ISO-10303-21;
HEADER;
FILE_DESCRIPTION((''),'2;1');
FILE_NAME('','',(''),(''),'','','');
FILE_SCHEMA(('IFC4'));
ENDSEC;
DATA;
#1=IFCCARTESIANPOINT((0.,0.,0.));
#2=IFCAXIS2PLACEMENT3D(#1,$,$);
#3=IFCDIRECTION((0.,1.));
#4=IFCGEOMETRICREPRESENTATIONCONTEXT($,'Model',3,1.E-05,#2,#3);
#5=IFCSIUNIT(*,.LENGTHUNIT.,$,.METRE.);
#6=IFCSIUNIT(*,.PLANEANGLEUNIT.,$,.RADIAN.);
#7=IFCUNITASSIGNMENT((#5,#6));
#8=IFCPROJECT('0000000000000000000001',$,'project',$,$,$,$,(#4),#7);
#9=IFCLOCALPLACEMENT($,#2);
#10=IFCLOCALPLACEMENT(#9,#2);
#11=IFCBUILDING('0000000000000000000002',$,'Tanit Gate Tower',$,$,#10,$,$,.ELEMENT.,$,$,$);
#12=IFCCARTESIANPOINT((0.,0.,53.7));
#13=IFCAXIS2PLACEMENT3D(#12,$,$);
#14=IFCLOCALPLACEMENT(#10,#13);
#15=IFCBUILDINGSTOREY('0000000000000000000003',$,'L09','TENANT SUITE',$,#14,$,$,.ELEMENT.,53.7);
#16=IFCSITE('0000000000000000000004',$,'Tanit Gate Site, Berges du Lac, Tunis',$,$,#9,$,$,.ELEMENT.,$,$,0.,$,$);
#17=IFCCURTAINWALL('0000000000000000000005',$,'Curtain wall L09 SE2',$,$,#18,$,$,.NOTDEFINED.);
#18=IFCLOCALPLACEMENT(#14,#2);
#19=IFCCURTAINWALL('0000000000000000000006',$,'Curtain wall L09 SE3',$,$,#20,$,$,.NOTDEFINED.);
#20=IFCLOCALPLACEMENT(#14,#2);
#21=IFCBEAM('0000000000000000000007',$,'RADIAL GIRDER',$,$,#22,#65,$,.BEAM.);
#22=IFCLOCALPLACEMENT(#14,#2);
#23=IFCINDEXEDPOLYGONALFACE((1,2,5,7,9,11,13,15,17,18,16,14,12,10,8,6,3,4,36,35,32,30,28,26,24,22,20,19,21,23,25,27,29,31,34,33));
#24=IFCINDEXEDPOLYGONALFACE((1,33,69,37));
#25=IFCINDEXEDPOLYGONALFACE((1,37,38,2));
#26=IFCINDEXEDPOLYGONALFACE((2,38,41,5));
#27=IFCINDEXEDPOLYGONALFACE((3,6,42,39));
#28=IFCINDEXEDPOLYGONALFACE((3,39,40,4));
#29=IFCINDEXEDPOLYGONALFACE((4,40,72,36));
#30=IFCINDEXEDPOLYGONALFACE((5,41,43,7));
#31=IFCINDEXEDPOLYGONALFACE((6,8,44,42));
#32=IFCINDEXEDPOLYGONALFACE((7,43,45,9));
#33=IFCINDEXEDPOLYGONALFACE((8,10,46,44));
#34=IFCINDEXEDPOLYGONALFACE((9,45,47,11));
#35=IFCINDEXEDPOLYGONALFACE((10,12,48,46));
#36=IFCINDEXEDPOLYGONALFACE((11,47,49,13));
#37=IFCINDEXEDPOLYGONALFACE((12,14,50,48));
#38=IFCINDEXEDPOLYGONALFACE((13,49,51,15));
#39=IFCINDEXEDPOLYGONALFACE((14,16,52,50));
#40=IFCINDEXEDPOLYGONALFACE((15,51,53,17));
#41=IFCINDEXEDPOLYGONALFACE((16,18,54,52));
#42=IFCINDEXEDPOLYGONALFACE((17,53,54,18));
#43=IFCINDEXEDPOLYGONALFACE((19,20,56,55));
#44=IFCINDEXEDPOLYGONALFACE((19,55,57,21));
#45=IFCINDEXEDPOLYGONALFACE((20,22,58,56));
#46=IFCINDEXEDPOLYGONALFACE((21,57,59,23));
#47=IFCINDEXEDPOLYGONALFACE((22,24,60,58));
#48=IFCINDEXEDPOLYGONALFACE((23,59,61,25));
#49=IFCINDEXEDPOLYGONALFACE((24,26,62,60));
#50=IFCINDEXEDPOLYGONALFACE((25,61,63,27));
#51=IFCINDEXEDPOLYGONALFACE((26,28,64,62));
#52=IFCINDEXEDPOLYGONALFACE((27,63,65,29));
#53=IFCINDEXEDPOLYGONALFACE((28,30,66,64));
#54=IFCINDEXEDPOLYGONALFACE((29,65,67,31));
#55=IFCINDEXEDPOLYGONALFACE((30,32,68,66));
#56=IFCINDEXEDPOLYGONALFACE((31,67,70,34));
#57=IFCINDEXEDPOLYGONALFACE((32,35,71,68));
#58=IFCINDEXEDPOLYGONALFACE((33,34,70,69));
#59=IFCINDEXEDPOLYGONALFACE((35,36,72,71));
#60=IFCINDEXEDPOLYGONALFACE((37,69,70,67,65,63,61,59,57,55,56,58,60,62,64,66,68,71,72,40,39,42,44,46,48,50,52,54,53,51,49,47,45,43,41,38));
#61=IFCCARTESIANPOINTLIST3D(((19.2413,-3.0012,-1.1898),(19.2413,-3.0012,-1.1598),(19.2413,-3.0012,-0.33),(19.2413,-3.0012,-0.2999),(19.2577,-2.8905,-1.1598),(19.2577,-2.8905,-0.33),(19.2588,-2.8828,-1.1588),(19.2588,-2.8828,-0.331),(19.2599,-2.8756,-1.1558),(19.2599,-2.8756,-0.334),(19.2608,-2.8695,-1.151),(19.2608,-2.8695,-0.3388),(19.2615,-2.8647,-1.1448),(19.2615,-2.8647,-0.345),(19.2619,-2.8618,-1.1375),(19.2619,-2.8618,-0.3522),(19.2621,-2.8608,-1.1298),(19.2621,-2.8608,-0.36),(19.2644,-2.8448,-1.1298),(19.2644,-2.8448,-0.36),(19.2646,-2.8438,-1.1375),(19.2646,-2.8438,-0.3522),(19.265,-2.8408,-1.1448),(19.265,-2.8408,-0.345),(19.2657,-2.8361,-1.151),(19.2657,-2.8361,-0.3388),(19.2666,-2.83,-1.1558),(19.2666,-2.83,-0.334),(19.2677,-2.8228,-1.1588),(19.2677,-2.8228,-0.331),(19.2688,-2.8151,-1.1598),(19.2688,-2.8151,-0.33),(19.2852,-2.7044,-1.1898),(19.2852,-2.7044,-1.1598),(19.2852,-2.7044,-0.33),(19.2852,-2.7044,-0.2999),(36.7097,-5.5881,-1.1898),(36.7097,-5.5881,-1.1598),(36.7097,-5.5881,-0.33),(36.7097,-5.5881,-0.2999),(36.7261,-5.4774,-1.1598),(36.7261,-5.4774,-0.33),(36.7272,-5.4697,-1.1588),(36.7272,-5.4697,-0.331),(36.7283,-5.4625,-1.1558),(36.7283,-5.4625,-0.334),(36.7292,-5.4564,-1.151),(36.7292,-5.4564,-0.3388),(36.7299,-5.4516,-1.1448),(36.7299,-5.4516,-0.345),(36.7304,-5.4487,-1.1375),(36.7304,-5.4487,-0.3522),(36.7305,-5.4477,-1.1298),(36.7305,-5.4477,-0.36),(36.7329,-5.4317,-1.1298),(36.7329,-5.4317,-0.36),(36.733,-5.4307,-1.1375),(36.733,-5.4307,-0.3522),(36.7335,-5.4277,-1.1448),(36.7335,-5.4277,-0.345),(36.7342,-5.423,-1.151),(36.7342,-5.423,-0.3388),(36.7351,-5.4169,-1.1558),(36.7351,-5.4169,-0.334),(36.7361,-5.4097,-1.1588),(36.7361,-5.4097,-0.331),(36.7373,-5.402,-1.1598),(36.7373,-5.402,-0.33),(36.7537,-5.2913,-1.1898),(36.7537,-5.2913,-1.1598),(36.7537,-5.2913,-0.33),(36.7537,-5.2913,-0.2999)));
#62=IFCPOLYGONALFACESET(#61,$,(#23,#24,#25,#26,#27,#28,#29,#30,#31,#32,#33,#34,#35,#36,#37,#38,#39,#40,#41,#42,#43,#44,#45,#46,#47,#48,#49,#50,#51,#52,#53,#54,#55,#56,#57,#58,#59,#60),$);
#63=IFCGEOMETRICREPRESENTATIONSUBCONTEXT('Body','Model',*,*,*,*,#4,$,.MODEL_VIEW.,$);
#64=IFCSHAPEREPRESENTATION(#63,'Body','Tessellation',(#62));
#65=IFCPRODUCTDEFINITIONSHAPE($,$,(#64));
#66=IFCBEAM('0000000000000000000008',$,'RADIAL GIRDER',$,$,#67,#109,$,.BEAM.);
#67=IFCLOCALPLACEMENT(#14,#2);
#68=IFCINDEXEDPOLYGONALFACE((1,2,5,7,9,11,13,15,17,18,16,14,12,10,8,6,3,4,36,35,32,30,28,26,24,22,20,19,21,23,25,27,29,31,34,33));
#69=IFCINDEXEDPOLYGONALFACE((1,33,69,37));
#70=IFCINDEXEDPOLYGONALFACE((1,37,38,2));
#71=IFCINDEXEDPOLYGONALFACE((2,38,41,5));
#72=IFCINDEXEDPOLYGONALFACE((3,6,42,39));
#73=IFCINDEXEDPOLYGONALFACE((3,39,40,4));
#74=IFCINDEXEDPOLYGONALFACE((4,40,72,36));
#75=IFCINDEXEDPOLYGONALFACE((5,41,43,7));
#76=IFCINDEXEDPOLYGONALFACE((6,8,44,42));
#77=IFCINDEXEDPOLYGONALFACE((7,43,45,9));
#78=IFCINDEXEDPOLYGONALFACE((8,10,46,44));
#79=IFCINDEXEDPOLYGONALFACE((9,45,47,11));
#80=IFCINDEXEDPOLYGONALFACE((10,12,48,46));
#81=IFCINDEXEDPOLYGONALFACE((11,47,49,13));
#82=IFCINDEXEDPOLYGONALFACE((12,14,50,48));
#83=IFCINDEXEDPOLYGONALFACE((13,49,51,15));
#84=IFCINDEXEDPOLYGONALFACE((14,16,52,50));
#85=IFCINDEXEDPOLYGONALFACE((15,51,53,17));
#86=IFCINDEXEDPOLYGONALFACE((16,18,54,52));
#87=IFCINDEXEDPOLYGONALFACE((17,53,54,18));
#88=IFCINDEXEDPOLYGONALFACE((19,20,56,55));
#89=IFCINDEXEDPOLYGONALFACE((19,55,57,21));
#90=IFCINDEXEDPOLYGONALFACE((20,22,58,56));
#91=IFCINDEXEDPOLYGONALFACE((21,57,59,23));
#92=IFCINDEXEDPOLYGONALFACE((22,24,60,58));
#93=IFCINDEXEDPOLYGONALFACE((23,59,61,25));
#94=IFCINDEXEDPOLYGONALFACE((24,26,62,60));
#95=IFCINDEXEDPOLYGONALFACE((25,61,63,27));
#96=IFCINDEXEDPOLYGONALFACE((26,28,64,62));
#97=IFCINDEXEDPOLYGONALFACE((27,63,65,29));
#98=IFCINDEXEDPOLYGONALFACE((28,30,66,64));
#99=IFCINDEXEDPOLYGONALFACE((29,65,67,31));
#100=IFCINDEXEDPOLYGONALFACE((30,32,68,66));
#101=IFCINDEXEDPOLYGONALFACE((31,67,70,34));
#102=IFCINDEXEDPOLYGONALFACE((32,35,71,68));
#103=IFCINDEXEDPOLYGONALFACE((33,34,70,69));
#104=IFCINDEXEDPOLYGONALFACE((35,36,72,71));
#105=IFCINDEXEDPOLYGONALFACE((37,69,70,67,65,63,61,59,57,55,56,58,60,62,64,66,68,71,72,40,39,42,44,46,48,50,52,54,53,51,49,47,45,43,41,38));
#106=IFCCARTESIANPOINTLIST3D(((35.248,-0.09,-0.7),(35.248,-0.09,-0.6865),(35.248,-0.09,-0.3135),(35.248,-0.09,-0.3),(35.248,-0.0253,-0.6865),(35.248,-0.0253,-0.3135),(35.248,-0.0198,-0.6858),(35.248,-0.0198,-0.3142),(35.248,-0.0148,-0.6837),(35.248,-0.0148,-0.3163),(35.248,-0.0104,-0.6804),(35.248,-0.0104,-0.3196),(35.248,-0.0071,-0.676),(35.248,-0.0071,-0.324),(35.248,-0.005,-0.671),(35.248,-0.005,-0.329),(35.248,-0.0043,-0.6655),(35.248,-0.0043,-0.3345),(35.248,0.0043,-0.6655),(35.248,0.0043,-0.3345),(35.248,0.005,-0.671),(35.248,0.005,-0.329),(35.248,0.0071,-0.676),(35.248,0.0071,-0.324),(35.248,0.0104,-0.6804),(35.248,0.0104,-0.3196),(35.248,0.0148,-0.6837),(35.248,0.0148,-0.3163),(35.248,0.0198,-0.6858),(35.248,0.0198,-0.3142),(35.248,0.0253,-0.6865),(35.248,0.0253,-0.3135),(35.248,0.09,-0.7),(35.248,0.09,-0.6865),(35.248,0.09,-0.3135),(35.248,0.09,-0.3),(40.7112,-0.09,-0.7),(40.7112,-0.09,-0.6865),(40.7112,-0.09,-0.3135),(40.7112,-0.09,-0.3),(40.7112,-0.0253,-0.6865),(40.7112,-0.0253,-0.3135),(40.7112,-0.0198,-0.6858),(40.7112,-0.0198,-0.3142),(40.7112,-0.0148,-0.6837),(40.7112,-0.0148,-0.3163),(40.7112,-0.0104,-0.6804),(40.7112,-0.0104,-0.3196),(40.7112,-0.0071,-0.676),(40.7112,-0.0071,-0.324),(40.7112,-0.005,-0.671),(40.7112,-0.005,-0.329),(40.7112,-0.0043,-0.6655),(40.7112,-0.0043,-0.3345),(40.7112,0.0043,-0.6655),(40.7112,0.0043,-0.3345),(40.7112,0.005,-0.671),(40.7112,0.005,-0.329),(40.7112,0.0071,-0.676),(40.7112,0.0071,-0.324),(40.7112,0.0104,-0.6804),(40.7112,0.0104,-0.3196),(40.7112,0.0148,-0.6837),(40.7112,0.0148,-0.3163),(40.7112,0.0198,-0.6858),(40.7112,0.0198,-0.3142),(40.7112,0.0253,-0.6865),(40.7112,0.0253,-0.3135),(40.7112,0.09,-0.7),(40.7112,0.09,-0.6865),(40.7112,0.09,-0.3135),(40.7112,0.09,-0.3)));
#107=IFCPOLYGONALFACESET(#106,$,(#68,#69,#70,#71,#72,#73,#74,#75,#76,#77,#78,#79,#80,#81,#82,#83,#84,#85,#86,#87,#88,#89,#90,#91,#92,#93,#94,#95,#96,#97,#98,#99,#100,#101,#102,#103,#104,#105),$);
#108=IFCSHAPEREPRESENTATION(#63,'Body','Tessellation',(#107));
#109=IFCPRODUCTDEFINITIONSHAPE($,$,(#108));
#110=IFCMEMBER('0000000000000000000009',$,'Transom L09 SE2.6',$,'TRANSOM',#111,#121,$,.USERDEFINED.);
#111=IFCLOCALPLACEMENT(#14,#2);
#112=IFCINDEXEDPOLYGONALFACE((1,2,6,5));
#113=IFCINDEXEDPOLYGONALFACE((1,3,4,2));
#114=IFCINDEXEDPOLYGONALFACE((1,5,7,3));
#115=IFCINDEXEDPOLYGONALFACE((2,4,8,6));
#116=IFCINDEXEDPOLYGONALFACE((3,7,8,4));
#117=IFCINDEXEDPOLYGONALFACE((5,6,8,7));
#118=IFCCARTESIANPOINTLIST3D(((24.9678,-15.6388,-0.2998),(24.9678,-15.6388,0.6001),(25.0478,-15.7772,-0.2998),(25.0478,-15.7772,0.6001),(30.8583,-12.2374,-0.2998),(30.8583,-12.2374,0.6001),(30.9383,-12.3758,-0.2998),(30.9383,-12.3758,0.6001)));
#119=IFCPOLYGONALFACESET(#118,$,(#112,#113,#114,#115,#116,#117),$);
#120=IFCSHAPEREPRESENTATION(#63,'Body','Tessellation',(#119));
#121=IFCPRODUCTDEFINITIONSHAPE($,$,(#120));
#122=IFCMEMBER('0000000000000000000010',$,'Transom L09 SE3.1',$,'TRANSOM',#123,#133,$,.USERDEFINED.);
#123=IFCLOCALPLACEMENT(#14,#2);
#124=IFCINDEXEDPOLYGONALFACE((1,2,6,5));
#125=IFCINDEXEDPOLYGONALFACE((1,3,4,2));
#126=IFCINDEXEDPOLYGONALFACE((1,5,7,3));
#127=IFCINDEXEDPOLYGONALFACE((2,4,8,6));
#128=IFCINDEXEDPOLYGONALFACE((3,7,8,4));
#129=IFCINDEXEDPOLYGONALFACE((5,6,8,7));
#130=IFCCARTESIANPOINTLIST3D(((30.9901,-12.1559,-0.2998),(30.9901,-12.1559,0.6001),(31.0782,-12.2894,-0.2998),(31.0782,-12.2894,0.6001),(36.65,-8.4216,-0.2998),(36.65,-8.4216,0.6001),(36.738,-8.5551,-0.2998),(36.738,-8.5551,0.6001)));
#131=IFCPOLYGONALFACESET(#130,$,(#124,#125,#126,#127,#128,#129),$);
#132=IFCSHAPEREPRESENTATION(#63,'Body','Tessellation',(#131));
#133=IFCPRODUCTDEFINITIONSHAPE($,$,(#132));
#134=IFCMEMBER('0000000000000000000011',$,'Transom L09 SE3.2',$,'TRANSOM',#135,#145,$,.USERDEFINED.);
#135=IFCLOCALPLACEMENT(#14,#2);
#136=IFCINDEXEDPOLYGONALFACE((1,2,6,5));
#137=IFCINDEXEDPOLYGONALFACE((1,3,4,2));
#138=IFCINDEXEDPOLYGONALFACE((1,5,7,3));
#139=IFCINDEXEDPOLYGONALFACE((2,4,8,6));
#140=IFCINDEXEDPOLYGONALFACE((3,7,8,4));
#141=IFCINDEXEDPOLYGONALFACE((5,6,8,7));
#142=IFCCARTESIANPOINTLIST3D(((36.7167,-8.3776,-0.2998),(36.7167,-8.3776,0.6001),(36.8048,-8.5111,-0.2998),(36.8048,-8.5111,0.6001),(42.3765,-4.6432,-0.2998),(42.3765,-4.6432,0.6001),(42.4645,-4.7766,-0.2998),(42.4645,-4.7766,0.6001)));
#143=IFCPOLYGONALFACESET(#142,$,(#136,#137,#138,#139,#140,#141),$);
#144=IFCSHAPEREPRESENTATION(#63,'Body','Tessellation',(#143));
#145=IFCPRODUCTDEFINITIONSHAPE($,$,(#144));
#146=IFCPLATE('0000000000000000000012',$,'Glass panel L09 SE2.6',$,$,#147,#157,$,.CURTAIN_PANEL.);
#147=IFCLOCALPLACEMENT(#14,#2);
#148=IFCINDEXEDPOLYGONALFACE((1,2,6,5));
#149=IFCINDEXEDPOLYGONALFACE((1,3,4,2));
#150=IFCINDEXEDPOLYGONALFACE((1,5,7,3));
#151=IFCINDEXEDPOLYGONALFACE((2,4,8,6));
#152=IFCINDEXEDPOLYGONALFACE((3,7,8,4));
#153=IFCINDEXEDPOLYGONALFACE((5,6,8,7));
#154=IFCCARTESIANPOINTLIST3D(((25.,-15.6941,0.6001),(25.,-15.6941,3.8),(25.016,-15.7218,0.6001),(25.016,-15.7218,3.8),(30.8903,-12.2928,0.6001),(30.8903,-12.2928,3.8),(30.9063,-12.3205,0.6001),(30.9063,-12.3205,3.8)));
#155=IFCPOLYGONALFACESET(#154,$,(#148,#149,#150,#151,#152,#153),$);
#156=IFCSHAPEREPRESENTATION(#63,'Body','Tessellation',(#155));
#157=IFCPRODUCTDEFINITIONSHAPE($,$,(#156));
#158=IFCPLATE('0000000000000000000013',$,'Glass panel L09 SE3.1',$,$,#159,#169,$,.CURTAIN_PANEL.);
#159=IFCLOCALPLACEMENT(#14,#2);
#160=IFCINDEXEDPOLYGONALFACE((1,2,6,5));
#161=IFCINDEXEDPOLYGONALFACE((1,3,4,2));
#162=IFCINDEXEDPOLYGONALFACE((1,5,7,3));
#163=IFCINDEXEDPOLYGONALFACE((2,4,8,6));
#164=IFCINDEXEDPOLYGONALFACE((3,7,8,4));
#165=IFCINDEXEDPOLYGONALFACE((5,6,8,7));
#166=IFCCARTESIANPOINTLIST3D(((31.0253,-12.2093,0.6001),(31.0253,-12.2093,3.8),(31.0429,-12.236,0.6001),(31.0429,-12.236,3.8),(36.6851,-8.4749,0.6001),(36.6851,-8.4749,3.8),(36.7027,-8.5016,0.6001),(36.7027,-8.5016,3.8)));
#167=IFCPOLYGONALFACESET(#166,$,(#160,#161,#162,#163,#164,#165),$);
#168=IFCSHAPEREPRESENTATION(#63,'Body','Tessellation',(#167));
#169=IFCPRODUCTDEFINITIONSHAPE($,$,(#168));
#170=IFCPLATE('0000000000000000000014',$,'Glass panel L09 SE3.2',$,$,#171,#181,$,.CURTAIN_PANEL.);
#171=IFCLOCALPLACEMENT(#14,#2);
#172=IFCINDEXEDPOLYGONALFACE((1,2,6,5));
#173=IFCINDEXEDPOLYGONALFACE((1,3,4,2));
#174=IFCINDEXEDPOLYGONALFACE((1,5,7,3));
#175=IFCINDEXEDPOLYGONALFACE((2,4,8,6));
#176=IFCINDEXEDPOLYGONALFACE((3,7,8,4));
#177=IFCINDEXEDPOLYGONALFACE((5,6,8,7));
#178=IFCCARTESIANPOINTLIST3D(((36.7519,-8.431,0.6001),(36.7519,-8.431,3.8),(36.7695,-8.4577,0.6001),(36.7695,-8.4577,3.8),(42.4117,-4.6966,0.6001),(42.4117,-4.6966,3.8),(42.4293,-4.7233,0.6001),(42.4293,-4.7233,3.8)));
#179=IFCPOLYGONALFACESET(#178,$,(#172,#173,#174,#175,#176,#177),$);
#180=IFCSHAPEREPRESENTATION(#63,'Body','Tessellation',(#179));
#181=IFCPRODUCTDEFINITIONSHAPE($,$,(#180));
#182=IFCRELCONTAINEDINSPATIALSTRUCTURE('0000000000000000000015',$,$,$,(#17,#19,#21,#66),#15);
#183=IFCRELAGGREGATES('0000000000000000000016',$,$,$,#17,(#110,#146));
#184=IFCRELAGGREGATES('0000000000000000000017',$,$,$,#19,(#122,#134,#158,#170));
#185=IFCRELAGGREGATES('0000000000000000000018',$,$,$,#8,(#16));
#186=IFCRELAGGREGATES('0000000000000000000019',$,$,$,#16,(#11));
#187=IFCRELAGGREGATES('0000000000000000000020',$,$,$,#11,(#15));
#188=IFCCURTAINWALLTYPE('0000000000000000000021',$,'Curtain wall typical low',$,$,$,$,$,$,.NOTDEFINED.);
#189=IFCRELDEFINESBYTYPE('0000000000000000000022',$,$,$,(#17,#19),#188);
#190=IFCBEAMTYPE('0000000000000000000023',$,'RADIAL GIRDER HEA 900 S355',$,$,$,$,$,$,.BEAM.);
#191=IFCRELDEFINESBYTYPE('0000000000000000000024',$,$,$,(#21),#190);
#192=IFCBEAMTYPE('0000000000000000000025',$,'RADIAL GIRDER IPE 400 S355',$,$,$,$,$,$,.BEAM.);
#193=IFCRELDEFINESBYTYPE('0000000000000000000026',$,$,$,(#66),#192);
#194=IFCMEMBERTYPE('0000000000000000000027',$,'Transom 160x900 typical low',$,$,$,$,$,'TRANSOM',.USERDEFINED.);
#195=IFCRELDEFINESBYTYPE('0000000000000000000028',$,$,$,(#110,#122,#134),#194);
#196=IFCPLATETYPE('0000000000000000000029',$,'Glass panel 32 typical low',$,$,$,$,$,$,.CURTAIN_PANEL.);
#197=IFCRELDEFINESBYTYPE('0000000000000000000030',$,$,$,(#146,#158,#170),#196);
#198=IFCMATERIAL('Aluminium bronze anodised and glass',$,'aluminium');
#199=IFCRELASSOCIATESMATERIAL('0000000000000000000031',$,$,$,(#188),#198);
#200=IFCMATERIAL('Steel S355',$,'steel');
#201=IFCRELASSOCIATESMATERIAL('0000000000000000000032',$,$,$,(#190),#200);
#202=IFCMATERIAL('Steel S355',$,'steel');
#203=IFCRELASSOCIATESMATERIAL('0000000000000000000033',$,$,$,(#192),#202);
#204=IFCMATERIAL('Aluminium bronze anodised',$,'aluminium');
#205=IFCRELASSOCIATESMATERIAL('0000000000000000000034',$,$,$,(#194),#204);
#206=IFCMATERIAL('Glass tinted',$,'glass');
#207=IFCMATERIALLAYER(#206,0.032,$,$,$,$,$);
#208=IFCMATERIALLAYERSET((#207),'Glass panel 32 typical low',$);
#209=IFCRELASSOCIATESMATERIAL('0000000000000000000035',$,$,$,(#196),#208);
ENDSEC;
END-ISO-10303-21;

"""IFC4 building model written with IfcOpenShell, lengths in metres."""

from ifc_helpers import new_model, si_unit, direction, frame, origin, origin_2d, place, context, subcontext, project, spatial, rectangle, i_section, extrude, material, layer, layer_set, material_profile, profile_set, type_object, element, aggregate, save


model = new_model("IFC4")

# Units and contexts
model_context = context("Model", 3, precision=1e-05, world=origin(), true_north=direction((0.0, 1.0)))
body_context = subcontext(model_context, "Body", "Model", "MODEL_VIEW")
ifc_project = project(units=[si_unit("LENGTHUNIT", "METRE"), si_unit("PLANEANGLEUNIT", "RADIAN")], contexts=[model_context])

# Site, building, storey
site_placement = place(None, origin())
site = spatial("IfcSite", under=ifc_project, at=site_placement, Name="Tanit Gate Site, Berges du Lac, Tunis", CompositionType="ELEMENT", RefElevation=0.0)
building_placement = place(site_placement, origin())
building = spatial("IfcBuilding", under=site, at=building_placement, Name="Tanit Gate Tower", CompositionType="ELEMENT")
storey_placement = place(building_placement, frame((0.0, 0.0, 53.7)))
storey = spatial("IfcBuildingStorey", under=building, at=storey_placement, Name="L09", Description="TENANT SUITE", CompositionType="ELEMENT", Elevation=53.7)

# Curtain wall
ifc_material_1 = material(Name="Aluminium bronze anodised and glass", Category="aluminium")
curtain_wall_type = type_object("IfcCurtainWallType", Name="Curtain wall typical low", PredefinedType="NOTDEFINED", material=ifc_material_1)
curtain_wall_1_placement = place(storey_placement, origin())
curtain_wall_1 = element("IfcCurtainWall", 1, at=curtain_wall_1_placement, inside=storey, type_object=curtain_wall_type, Name="Curtain wall L09 SE2", PredefinedType="NOTDEFINED")

# Curtain wall
curtain_wall_2_placement = place(storey_placement, origin())
curtain_wall_2 = element("IfcCurtainWall", 2, at=curtain_wall_2_placement, inside=storey, type_object=curtain_wall_type, Name="Curtain wall L09 SE3", PredefinedType="NOTDEFINED")

# Beams
ifc_material_2 = material(Name="Steel S355", Category="steel")
ifc_material_profile_1 = material_profile(ifc_material_2, i_section(OverallWidth=0.3, OverallDepth=0.8899, WebThickness=0.0161, FlangeThickness=0.03, FilletRadius=0.03, at=origin_2d()), Name="HEA 900")
ifc_profile_set_1 = profile_set([ifc_material_profile_1], Name="Steel S355")
beam_type_1 = type_object("IfcBeamType", Name="RADIAL GIRDER HEA 900 S355", PredefinedType="BEAM", material=ifc_profile_set_1)
beam_1_placement = place(storey_placement, frame((36.7317, -5.4397, -0.7449), z_axis=(-0.989212, 0.146493, 0.0), x_axis=(-0.146493, -0.989212, 0.0)))
element("IfcBeam", 3, at=beam_1_placement, inside=storey, type_object=beam_type_1, Name="RADIAL GIRDER", PredefinedType="BEAM", context=body_context, shape_type="SweptSolid", body=[
    extrude(i_section(OverallWidth=0.3, OverallDepth=0.8899, WebThickness=0.0161, FlangeThickness=0.03, FilletRadius=0.03, at=origin_2d()), origin(), (0.0, 0.0, 1.0), 17.6589),
])
ifc_material_3 = material(Name="Steel S355", Category="steel")
ifc_material_profile_2 = material_profile(ifc_material_3, i_section(OverallWidth=0.1799, OverallDepth=0.3999, WebThickness=0.0085, FlangeThickness=0.0134, FilletRadius=0.021, at=origin_2d()), Name="IPE 400")
ifc_profile_set_2 = profile_set([ifc_material_profile_2], Name="Steel S355")
beam_type_2 = type_object("IfcBeamType", Name="RADIAL GIRDER IPE 400 S355", PredefinedType="BEAM", material=ifc_profile_set_2)
beam_2_placement = place(storey_placement, frame((40.7112, 0.0, -0.5), z_axis=(-1.0, 0.0, 0.0), x_axis=(0.0, -1.0, 0.0)))
element("IfcBeam", 4, at=beam_2_placement, inside=storey, type_object=beam_type_2, Name="RADIAL GIRDER", PredefinedType="BEAM", context=body_context, shape_type="SweptSolid", body=[
    extrude(i_section(OverallWidth=0.1799, OverallDepth=0.3999, WebThickness=0.0085, FlangeThickness=0.0134, FilletRadius=0.021, at=origin_2d()), origin(), (0.0, 0.0, 1.0), 5.4631),
])

# Members
ifc_material_4 = material(Name="Aluminium bronze anodised", Category="aluminium")
ifc_material_profile_3 = material_profile(ifc_material_4, rectangle(XDim=0.1599, YDim=0.8999, at=origin_2d()), Name="160x900 bronze transom")
ifc_profile_set_3 = profile_set([ifc_material_profile_3], Name="Aluminium bronze anodised")
member_type_1 = type_object("IfcMemberType", Name="Transom 160x900 typical low", ElementType="TRANSOM", PredefinedType="USERDEFINED", material=ifc_profile_set_3)
member_1_placement = place(storey_placement, frame((25.0078, -15.708, 0.1501), z_axis=(0.86599, 0.500061, 0.0), x_axis=(-0.500061, 0.86599, 0.0)))
member_1 = element("IfcMember", 5, at=member_1_placement, type_object=member_type_1, Name="Transom L09 SE2.6", ObjectType="TRANSOM", PredefinedType="USERDEFINED", context=body_context, shape_type="SweptSolid", body=[
    extrude(rectangle(XDim=0.1599, YDim=0.8999, at=origin_2d()), origin(), (0.0, 0.0, 1.0), 6.802),
])
member_2_placement = place(storey_placement, frame((31.0342, -12.2227, 0.1501), z_axis=(0.834689, 0.550722, 0.0), x_axis=(-0.550722, 0.834689, 0.0)))
member_2 = element("IfcMember", 6, at=member_2_placement, type_object=member_type_1, Name="Transom L09 SE3.1", ObjectType="TRANSOM", PredefinedType="USERDEFINED", context=body_context, shape_type="SweptSolid", body=[
    extrude(rectangle(XDim=0.1599, YDim=0.8999, at=origin_2d()), origin(), (0.0, 0.0, 1.0), 6.7808),
])
member_3_placement = place(storey_placement, frame((36.7607, -8.4443, 0.1501), z_axis=(0.834678, 0.550739, 0.0), x_axis=(-0.550739, 0.834678, 0.0)))
member_3 = element("IfcMember", 7, at=member_3_placement, type_object=member_type_1, Name="Transom L09 SE3.2", ObjectType="TRANSOM", PredefinedType="USERDEFINED", context=body_context, shape_type="SweptSolid", body=[
    extrude(rectangle(XDim=0.1599, YDim=0.8999, at=origin_2d()), origin(), (0.0, 0.0, 1.0), 6.7808),
])

# Plates
ifc_material_5 = material(Name="Glass tinted", Category="glass")
ifc_layer_1 = layer(ifc_material_5, 0.032)
ifc_layer_set_1 = layer_set([ifc_layer_1], Name="Glass panel 32 typical low")
plate_type = type_object("IfcPlateType", Name="Glass panel 32 typical low", PredefinedType="CURTAIN_PANEL", material=ifc_layer_set_1)
plate_1_placement = place(storey_placement, frame((27.9531, -14.0073, 0.6001), z_axis=(0.0, 0.0, 1.0), x_axis=(0.865991, 0.50006, 0.0)))
plate_1 = element("IfcPlate", 8, at=plate_1_placement, type_object=plate_type, Name="Glass panel L09 SE2.6", PredefinedType="CURTAIN_PANEL", context=body_context, shape_type="SweptSolid", body=[
    extrude(rectangle(XDim=6.8018, YDim=0.032, at=origin_2d()), origin(), (0.0, 0.0, 1.0), 3.2),
])
aggregate(curtain_wall_1, [member_1, plate_1])
plate_2_placement = place(storey_placement, frame((33.864, -10.3555, 0.6001), z_axis=(0.0, 0.0, 1.0), x_axis=(0.834683, 0.55073, 0.0)))
plate_2 = element("IfcPlate", 9, at=plate_2_placement, type_object=plate_type, Name="Glass panel L09 SE3.1", PredefinedType="CURTAIN_PANEL", context=body_context, shape_type="SweptSolid", body=[
    extrude(rectangle(XDim=6.7808, YDim=0.032, at=origin_2d()), origin(), (0.0, 0.0, 1.0), 3.2),
])
plate_3_placement = place(storey_placement, frame((39.5906, -6.5771, 0.6001), z_axis=(0.0, 0.0, 1.0), x_axis=(0.834683, 0.55073, 0.0)))
plate_3 = element("IfcPlate", 10, at=plate_3_placement, type_object=plate_type, Name="Glass panel L09 SE3.2", PredefinedType="CURTAIN_PANEL", context=body_context, shape_type="SweptSolid", body=[
    extrude(rectangle(XDim=6.7808, YDim=0.032, at=origin_2d()), origin(), (0.0, 0.0, 1.0), 3.2),
])
aggregate(curtain_wall_2, [member_2, member_3, plate_2, plate_3])

save(model, "model.ifc")
